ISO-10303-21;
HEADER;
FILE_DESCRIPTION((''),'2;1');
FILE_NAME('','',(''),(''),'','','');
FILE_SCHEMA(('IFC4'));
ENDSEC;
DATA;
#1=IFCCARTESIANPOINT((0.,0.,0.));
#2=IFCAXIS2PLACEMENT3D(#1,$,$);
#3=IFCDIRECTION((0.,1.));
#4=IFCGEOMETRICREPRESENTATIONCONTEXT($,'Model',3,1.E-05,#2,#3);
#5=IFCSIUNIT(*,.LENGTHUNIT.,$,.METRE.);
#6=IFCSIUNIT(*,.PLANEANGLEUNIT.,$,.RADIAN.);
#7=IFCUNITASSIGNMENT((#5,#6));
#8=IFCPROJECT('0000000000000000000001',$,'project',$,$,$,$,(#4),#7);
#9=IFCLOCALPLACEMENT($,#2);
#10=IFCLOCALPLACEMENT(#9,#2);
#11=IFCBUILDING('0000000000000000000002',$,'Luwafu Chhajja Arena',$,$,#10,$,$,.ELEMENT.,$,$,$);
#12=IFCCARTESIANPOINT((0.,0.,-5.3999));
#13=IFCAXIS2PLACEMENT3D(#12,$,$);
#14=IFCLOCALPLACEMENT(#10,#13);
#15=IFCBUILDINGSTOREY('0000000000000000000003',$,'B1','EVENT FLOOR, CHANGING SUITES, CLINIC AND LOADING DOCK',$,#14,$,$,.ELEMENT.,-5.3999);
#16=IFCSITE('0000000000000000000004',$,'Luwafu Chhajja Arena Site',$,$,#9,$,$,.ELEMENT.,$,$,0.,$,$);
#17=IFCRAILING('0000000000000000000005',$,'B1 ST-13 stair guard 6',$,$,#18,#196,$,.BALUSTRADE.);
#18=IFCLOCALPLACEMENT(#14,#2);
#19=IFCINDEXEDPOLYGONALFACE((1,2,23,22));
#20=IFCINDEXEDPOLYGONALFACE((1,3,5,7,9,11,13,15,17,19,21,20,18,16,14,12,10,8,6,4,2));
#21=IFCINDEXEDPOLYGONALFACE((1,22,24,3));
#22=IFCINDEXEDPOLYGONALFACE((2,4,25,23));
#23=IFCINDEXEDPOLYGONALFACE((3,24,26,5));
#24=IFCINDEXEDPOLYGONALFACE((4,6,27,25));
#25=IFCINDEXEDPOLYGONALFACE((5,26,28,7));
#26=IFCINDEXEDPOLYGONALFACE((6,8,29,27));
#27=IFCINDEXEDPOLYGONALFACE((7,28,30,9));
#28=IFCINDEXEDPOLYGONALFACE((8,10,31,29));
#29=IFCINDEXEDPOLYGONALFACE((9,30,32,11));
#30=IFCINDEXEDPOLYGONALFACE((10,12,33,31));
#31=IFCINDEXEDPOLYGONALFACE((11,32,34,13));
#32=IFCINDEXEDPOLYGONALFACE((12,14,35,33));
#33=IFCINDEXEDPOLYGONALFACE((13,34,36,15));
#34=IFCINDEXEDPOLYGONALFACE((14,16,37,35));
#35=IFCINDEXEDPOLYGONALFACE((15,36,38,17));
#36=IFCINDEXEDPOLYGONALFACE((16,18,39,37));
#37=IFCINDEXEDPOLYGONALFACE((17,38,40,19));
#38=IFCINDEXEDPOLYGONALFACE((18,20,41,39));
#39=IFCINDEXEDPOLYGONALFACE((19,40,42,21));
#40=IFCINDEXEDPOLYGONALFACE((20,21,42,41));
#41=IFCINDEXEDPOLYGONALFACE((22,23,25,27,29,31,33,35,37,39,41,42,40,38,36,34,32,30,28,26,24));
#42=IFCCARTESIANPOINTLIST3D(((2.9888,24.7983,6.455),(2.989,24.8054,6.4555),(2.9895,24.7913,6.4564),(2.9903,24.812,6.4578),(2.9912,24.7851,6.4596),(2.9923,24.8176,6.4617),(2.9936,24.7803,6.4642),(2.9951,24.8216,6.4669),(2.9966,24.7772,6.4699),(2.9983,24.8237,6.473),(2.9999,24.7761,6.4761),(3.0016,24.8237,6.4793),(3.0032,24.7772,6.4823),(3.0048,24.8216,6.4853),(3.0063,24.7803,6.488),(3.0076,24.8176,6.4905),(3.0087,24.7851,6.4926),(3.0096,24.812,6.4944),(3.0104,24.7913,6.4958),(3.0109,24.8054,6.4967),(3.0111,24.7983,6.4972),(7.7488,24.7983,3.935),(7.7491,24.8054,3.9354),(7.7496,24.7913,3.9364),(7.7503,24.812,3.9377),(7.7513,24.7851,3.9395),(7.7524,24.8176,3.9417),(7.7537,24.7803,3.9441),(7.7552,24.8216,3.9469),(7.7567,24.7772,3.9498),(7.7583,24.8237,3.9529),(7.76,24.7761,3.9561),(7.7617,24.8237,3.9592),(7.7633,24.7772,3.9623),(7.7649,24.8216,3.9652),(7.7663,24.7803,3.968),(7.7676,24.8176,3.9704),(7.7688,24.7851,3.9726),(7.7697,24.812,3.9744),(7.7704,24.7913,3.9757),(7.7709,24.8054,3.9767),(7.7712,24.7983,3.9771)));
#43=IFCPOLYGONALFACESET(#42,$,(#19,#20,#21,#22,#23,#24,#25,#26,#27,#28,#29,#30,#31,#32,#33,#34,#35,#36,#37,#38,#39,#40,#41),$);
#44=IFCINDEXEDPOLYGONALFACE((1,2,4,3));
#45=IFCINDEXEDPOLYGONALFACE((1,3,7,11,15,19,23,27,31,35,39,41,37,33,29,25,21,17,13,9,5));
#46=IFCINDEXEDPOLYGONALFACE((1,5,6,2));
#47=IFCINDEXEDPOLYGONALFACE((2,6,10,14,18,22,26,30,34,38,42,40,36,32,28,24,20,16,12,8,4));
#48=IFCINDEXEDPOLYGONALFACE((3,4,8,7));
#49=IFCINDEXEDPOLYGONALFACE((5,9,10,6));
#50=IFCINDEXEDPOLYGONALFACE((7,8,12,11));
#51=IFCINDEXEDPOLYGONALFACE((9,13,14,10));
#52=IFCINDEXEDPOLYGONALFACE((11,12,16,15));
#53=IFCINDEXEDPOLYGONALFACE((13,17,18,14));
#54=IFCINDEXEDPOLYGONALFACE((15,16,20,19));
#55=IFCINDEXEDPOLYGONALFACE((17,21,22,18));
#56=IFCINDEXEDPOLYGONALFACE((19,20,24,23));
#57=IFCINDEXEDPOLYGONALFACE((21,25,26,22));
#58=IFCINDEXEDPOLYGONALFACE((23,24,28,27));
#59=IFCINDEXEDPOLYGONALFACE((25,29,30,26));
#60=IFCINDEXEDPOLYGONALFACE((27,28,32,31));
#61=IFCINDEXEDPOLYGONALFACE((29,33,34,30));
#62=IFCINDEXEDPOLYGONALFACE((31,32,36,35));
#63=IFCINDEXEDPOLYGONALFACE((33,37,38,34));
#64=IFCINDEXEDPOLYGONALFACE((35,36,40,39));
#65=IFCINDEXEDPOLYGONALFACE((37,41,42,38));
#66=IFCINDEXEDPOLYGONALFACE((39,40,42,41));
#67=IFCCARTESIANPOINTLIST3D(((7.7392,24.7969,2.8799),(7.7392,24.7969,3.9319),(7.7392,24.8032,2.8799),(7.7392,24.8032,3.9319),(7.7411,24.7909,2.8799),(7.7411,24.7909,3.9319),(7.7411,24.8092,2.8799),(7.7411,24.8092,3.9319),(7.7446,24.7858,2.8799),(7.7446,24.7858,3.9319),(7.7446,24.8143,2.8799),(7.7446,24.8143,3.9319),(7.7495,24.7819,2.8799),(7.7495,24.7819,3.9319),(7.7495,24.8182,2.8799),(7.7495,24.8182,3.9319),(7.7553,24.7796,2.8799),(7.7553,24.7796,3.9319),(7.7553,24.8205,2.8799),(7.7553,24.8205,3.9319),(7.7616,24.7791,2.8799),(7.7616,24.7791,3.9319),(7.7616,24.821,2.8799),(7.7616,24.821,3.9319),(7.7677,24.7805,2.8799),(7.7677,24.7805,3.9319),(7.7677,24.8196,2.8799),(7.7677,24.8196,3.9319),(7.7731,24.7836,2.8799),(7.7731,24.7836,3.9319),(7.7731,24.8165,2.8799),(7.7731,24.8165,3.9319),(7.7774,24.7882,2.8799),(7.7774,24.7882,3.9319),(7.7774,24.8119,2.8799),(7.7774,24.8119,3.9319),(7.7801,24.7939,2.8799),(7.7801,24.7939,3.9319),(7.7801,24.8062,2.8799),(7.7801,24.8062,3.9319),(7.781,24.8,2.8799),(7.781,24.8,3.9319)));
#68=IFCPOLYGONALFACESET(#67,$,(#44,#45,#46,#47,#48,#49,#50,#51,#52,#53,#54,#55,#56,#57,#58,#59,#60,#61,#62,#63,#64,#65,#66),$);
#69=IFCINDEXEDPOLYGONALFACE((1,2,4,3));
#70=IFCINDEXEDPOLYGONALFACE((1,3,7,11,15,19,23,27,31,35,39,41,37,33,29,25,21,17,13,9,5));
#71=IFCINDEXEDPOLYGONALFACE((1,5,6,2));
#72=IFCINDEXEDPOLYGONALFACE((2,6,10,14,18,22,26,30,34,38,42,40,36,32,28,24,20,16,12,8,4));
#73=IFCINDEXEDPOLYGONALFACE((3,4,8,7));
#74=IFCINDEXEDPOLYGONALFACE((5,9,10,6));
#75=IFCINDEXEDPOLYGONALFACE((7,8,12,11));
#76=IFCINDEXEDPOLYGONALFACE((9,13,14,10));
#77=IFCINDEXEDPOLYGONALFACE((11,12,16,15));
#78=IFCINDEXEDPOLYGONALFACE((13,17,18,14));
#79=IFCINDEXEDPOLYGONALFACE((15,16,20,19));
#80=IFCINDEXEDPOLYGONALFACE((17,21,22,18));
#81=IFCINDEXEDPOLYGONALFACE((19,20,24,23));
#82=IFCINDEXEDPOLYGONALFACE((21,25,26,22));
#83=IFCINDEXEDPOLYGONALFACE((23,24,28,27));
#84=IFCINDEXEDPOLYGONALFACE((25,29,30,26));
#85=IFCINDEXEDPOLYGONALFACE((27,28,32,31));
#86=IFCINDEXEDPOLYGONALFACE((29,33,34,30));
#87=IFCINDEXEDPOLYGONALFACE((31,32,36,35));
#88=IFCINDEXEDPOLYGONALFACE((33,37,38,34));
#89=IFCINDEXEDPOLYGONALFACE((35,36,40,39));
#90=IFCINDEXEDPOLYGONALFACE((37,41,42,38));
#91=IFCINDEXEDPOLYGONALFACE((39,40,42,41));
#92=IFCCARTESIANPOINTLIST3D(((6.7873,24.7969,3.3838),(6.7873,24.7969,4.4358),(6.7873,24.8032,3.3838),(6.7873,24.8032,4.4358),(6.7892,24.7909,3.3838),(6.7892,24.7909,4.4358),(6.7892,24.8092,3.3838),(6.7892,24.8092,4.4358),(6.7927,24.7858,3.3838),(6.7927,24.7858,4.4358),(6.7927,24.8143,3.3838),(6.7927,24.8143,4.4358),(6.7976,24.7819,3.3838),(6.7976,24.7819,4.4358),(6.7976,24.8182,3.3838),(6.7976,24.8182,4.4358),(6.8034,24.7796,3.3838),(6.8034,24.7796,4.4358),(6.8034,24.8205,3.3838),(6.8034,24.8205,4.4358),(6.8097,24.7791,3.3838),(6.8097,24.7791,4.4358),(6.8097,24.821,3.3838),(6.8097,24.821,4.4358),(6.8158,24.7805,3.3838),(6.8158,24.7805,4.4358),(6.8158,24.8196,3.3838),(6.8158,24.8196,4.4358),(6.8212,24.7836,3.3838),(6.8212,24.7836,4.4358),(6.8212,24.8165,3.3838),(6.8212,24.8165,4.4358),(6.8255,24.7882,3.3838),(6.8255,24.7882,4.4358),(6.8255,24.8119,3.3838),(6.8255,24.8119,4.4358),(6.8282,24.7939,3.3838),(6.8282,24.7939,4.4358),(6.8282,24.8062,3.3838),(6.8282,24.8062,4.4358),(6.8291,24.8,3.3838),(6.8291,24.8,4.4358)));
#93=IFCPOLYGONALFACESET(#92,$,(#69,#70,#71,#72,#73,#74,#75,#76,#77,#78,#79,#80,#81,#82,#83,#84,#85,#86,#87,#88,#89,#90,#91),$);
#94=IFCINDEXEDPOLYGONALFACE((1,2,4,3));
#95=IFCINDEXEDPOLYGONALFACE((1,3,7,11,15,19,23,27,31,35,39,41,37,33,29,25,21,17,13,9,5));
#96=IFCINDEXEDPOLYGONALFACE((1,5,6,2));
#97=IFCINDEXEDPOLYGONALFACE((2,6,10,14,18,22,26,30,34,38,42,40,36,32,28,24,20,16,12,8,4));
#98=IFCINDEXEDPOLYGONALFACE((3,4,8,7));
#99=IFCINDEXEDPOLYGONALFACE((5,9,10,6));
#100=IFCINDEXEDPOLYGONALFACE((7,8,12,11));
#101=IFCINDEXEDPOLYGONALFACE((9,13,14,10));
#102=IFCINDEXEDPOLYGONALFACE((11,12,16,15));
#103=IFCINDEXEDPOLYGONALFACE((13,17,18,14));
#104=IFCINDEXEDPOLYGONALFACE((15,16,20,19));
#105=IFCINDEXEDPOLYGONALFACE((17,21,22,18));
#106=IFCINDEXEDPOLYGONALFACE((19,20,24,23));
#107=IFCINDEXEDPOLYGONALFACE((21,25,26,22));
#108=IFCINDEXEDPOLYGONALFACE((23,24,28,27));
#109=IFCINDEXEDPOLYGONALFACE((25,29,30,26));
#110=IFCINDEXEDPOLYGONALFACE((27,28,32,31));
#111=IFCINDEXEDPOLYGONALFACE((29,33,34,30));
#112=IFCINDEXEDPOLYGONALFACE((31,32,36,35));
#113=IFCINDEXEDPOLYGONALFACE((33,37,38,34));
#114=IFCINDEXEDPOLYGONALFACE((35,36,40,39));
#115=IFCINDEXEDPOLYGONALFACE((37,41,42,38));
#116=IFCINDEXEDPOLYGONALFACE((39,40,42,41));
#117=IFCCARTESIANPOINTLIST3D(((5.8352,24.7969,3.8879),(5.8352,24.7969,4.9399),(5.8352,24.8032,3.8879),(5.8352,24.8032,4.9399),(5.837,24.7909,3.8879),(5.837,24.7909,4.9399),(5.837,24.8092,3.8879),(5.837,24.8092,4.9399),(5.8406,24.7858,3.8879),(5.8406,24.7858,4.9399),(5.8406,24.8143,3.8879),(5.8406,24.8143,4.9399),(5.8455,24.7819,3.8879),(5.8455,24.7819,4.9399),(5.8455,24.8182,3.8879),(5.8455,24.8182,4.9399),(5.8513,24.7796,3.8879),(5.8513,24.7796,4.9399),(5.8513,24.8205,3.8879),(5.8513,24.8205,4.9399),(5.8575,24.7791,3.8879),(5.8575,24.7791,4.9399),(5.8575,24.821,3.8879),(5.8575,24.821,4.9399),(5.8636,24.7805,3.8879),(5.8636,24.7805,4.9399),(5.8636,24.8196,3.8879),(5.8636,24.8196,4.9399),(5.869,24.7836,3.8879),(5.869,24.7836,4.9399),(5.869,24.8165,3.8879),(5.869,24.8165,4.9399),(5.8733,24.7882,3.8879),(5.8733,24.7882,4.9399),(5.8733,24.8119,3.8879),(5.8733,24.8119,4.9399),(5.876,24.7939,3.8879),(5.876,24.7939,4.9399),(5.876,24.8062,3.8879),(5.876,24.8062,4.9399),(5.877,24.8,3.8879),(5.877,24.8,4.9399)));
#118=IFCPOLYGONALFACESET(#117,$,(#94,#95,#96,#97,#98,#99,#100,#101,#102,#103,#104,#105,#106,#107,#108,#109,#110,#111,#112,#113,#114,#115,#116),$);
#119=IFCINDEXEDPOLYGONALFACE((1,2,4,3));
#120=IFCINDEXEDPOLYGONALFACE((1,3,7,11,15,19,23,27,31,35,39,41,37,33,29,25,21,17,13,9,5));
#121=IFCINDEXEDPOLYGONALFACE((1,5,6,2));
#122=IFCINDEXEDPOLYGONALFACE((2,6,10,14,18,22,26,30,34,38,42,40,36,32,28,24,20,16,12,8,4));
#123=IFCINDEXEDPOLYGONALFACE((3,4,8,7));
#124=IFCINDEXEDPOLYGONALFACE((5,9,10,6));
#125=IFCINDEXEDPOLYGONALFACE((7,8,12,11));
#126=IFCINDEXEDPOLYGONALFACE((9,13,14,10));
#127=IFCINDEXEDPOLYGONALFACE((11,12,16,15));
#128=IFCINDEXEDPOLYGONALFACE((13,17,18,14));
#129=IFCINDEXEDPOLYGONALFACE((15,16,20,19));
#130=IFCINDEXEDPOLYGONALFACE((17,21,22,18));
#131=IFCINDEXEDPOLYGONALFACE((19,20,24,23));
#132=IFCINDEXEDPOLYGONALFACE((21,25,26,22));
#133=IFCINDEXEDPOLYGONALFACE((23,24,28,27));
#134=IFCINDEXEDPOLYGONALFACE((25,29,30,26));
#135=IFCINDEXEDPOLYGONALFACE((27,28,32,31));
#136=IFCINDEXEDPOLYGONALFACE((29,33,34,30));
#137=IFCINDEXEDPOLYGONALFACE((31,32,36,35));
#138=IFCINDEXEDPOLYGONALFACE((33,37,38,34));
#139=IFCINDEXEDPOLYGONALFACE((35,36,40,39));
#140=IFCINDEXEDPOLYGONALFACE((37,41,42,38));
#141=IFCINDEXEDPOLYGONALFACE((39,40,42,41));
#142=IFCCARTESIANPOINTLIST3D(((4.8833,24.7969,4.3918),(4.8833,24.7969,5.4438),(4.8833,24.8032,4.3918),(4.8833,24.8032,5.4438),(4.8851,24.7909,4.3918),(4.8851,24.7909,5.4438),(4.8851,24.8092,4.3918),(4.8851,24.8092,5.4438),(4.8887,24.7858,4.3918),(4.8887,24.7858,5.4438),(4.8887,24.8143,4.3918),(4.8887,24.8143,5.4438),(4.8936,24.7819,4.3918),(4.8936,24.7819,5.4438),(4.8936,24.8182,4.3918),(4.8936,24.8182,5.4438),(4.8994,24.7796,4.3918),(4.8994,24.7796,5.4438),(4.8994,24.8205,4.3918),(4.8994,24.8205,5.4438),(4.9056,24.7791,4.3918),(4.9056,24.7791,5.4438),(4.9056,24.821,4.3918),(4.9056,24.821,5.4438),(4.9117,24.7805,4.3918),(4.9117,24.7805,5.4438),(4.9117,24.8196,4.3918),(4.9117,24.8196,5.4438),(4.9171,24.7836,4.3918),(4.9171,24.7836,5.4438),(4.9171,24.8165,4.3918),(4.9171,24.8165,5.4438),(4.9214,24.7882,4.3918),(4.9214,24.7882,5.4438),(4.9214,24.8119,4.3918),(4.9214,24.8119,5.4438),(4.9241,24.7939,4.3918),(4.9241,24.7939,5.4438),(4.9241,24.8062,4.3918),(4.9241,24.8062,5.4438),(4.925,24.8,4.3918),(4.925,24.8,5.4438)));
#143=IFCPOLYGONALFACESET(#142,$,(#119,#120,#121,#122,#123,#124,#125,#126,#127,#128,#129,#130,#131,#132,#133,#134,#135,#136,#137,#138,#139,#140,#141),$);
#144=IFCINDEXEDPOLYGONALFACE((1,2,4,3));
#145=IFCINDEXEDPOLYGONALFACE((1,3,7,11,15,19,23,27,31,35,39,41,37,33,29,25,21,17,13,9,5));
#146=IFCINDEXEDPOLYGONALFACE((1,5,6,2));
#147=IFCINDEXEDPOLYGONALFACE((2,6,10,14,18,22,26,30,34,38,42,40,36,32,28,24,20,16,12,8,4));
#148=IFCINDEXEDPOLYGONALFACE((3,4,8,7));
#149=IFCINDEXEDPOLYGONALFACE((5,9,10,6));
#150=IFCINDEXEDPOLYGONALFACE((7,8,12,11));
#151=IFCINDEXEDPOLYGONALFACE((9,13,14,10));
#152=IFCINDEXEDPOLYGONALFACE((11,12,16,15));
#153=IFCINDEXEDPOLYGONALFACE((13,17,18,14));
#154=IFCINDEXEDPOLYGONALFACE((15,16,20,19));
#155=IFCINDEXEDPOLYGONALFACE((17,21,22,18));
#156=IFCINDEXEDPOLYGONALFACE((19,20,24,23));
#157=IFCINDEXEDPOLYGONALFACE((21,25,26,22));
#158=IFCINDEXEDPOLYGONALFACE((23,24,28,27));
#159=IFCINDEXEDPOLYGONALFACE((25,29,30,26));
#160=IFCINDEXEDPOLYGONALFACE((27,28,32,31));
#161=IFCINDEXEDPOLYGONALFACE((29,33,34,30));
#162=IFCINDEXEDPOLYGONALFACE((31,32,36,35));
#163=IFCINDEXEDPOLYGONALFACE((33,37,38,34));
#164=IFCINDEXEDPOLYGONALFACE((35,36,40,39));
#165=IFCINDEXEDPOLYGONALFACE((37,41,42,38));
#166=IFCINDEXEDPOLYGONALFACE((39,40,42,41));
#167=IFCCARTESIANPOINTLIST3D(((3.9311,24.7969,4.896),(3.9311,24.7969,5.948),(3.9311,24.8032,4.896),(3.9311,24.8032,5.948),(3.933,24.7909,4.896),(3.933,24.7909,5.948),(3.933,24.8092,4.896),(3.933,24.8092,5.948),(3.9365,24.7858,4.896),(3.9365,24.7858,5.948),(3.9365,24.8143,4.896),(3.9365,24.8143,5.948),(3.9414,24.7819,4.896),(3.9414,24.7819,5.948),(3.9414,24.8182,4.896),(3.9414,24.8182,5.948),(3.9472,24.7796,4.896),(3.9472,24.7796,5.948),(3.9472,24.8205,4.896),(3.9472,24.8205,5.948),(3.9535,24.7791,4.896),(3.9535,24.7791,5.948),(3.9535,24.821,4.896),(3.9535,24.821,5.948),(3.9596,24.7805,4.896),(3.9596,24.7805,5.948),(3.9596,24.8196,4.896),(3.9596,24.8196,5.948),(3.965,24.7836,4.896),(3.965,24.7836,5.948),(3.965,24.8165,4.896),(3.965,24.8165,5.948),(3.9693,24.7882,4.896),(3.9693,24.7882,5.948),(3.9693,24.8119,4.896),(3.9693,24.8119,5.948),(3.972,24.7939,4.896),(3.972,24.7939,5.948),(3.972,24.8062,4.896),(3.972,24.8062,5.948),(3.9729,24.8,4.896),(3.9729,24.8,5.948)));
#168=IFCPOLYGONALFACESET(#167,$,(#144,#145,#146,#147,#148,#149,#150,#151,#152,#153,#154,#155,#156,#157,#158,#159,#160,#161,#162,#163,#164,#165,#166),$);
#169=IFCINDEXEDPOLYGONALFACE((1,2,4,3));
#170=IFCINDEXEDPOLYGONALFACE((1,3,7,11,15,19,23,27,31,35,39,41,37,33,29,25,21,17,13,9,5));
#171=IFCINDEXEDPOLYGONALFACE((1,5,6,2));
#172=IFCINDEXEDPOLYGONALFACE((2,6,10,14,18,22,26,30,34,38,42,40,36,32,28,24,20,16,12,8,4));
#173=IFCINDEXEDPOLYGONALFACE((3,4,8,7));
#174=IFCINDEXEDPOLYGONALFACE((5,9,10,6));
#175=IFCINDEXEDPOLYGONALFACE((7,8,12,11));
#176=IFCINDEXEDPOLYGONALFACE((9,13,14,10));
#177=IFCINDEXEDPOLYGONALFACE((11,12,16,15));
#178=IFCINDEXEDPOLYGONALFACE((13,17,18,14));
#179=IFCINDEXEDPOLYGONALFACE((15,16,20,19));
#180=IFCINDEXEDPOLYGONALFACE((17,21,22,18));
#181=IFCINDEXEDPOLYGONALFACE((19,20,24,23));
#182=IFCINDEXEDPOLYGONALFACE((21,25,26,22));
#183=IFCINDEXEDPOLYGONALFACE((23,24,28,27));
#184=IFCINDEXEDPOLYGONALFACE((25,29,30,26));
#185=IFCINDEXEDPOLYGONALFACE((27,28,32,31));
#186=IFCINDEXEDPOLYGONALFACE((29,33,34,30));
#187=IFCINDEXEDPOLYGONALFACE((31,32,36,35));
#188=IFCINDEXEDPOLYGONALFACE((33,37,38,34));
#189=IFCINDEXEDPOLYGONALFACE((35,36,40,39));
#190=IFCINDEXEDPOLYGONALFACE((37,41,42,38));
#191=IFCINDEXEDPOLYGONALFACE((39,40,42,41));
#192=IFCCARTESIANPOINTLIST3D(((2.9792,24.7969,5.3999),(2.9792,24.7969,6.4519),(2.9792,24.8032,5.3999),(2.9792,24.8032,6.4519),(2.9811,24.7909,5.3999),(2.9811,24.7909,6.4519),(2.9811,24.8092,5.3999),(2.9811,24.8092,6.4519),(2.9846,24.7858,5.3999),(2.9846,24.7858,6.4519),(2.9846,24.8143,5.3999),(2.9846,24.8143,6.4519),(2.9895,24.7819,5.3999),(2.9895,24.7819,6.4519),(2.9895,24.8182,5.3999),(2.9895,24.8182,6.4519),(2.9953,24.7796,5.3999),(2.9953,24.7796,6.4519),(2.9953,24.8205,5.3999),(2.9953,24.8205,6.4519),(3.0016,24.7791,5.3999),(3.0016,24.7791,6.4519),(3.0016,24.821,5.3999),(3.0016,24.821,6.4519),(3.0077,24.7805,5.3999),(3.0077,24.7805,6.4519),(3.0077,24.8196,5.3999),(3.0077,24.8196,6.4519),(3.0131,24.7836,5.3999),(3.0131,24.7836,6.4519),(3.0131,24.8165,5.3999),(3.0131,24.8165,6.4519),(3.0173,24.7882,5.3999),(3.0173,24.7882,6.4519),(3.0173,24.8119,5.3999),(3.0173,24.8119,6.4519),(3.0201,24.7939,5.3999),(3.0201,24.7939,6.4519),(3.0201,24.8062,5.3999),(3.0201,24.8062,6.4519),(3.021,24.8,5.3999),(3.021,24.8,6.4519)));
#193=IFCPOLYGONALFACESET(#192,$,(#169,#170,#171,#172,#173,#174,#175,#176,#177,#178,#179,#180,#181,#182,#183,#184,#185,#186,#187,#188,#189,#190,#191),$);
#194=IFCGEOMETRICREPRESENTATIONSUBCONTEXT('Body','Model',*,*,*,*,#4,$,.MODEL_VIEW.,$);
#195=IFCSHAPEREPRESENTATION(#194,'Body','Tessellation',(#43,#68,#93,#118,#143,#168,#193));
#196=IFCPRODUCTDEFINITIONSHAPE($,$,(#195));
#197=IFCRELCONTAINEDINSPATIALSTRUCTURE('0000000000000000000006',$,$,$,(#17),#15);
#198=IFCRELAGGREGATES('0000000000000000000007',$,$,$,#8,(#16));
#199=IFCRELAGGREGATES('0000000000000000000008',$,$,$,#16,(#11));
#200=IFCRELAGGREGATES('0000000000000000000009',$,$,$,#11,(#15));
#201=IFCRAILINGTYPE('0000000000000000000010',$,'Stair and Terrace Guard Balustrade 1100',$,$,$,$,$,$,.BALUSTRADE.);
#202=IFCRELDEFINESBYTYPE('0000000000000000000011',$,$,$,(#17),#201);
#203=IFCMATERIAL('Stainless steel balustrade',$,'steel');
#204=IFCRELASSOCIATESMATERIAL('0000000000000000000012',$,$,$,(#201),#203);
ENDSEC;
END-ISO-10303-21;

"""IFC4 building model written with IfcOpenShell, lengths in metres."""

from ifc_helpers import new_model, si_unit, direction, frame, origin, origin_2d, place, context, subcontext, project, spatial, circle, extrude, material, type_object, element, save


model = new_model("IFC4")

# Units and contexts
model_context = context("Model", 3, precision=1e-05, world=origin(), true_north=direction((0.0, 1.0)))
body_context = subcontext(model_context, "Body", "Model", "MODEL_VIEW")
ifc_project = project(units=[si_unit("LENGTHUNIT", "METRE"), si_unit("PLANEANGLEUNIT", "RADIAN")], contexts=[model_context])

# Site, building, storey
site_placement = place(None, origin())
site = spatial("IfcSite", under=ifc_project, at=site_placement, Name="Luwafu Chhajja Arena Site", CompositionType="ELEMENT", RefElevation=0.0)
building_placement = place(site_placement, origin())
building = spatial("IfcBuilding", under=site, at=building_placement, Name="Luwafu Chhajja Arena", CompositionType="ELEMENT")
storey_placement = place(building_placement, frame((0.0, 0.0, -5.3999)))
storey = spatial("IfcBuildingStorey", under=building, at=storey_placement, Name="B1", Description="EVENT FLOOR, CHANGING SUITES, CLINIC AND LOADING DOCK", CompositionType="ELEMENT", Elevation=-5.3999)

# Railing
ifc_material_1 = material(Name="Stainless steel balustrade", Category="steel")
railing_type_1 = type_object("IfcRailingType", Name="Stair and Terrace Guard Balustrade 1100", PredefinedType="BALUSTRADE", material=ifc_material_1)
railing_1_placement = place(storey_placement, frame((7.76, 24.8, 2.8799)))
element("IfcRailing", 1, at=railing_1_placement, inside=storey, type_object=railing_type_1, Name="B1 ST-13 stair guard 6", PredefinedType="BALUSTRADE", context=body_context, shape_type="SweptSolid", body=[
    extrude(circle(Radius=0.0239, at=origin_2d()), frame((0.0, 0.0, 1.0762), z_axis=(-0.883787, 0.0, 0.46789), x_axis=(0.0, -1.0, 0.0)), (0.0, 0.0, 1.0), 5.386),
    extrude(circle(Radius=0.021, at=origin_2d()), origin(), (0.0, 0.0, 1.0), 1.052),
    extrude(circle(Radius=0.021, at=origin_2d()), frame((-0.9519, 0.0, 0.5039)), (0.0, 0.0, 1.0), 1.052),
    extrude(circle(Radius=0.021, at=origin_2d()), frame((-1.9041, 0.0, 1.0081)), (0.0, 0.0, 1.0), 1.052),
    extrude(circle(Radius=0.021, at=origin_2d()), frame((-2.856, 0.0, 1.512)), (0.0, 0.0, 1.0), 1.052),
    extrude(circle(Radius=0.021, at=origin_2d()), frame((-3.8081, 0.0, 2.0161)), (0.0, 0.0, 1.0), 1.052),
    extrude(circle(Radius=0.021, at=origin_2d()), frame((-4.76, 0.0, 2.52)), (0.0, 0.0, 1.0), 1.052),
])

save(model, "model.ifc")
